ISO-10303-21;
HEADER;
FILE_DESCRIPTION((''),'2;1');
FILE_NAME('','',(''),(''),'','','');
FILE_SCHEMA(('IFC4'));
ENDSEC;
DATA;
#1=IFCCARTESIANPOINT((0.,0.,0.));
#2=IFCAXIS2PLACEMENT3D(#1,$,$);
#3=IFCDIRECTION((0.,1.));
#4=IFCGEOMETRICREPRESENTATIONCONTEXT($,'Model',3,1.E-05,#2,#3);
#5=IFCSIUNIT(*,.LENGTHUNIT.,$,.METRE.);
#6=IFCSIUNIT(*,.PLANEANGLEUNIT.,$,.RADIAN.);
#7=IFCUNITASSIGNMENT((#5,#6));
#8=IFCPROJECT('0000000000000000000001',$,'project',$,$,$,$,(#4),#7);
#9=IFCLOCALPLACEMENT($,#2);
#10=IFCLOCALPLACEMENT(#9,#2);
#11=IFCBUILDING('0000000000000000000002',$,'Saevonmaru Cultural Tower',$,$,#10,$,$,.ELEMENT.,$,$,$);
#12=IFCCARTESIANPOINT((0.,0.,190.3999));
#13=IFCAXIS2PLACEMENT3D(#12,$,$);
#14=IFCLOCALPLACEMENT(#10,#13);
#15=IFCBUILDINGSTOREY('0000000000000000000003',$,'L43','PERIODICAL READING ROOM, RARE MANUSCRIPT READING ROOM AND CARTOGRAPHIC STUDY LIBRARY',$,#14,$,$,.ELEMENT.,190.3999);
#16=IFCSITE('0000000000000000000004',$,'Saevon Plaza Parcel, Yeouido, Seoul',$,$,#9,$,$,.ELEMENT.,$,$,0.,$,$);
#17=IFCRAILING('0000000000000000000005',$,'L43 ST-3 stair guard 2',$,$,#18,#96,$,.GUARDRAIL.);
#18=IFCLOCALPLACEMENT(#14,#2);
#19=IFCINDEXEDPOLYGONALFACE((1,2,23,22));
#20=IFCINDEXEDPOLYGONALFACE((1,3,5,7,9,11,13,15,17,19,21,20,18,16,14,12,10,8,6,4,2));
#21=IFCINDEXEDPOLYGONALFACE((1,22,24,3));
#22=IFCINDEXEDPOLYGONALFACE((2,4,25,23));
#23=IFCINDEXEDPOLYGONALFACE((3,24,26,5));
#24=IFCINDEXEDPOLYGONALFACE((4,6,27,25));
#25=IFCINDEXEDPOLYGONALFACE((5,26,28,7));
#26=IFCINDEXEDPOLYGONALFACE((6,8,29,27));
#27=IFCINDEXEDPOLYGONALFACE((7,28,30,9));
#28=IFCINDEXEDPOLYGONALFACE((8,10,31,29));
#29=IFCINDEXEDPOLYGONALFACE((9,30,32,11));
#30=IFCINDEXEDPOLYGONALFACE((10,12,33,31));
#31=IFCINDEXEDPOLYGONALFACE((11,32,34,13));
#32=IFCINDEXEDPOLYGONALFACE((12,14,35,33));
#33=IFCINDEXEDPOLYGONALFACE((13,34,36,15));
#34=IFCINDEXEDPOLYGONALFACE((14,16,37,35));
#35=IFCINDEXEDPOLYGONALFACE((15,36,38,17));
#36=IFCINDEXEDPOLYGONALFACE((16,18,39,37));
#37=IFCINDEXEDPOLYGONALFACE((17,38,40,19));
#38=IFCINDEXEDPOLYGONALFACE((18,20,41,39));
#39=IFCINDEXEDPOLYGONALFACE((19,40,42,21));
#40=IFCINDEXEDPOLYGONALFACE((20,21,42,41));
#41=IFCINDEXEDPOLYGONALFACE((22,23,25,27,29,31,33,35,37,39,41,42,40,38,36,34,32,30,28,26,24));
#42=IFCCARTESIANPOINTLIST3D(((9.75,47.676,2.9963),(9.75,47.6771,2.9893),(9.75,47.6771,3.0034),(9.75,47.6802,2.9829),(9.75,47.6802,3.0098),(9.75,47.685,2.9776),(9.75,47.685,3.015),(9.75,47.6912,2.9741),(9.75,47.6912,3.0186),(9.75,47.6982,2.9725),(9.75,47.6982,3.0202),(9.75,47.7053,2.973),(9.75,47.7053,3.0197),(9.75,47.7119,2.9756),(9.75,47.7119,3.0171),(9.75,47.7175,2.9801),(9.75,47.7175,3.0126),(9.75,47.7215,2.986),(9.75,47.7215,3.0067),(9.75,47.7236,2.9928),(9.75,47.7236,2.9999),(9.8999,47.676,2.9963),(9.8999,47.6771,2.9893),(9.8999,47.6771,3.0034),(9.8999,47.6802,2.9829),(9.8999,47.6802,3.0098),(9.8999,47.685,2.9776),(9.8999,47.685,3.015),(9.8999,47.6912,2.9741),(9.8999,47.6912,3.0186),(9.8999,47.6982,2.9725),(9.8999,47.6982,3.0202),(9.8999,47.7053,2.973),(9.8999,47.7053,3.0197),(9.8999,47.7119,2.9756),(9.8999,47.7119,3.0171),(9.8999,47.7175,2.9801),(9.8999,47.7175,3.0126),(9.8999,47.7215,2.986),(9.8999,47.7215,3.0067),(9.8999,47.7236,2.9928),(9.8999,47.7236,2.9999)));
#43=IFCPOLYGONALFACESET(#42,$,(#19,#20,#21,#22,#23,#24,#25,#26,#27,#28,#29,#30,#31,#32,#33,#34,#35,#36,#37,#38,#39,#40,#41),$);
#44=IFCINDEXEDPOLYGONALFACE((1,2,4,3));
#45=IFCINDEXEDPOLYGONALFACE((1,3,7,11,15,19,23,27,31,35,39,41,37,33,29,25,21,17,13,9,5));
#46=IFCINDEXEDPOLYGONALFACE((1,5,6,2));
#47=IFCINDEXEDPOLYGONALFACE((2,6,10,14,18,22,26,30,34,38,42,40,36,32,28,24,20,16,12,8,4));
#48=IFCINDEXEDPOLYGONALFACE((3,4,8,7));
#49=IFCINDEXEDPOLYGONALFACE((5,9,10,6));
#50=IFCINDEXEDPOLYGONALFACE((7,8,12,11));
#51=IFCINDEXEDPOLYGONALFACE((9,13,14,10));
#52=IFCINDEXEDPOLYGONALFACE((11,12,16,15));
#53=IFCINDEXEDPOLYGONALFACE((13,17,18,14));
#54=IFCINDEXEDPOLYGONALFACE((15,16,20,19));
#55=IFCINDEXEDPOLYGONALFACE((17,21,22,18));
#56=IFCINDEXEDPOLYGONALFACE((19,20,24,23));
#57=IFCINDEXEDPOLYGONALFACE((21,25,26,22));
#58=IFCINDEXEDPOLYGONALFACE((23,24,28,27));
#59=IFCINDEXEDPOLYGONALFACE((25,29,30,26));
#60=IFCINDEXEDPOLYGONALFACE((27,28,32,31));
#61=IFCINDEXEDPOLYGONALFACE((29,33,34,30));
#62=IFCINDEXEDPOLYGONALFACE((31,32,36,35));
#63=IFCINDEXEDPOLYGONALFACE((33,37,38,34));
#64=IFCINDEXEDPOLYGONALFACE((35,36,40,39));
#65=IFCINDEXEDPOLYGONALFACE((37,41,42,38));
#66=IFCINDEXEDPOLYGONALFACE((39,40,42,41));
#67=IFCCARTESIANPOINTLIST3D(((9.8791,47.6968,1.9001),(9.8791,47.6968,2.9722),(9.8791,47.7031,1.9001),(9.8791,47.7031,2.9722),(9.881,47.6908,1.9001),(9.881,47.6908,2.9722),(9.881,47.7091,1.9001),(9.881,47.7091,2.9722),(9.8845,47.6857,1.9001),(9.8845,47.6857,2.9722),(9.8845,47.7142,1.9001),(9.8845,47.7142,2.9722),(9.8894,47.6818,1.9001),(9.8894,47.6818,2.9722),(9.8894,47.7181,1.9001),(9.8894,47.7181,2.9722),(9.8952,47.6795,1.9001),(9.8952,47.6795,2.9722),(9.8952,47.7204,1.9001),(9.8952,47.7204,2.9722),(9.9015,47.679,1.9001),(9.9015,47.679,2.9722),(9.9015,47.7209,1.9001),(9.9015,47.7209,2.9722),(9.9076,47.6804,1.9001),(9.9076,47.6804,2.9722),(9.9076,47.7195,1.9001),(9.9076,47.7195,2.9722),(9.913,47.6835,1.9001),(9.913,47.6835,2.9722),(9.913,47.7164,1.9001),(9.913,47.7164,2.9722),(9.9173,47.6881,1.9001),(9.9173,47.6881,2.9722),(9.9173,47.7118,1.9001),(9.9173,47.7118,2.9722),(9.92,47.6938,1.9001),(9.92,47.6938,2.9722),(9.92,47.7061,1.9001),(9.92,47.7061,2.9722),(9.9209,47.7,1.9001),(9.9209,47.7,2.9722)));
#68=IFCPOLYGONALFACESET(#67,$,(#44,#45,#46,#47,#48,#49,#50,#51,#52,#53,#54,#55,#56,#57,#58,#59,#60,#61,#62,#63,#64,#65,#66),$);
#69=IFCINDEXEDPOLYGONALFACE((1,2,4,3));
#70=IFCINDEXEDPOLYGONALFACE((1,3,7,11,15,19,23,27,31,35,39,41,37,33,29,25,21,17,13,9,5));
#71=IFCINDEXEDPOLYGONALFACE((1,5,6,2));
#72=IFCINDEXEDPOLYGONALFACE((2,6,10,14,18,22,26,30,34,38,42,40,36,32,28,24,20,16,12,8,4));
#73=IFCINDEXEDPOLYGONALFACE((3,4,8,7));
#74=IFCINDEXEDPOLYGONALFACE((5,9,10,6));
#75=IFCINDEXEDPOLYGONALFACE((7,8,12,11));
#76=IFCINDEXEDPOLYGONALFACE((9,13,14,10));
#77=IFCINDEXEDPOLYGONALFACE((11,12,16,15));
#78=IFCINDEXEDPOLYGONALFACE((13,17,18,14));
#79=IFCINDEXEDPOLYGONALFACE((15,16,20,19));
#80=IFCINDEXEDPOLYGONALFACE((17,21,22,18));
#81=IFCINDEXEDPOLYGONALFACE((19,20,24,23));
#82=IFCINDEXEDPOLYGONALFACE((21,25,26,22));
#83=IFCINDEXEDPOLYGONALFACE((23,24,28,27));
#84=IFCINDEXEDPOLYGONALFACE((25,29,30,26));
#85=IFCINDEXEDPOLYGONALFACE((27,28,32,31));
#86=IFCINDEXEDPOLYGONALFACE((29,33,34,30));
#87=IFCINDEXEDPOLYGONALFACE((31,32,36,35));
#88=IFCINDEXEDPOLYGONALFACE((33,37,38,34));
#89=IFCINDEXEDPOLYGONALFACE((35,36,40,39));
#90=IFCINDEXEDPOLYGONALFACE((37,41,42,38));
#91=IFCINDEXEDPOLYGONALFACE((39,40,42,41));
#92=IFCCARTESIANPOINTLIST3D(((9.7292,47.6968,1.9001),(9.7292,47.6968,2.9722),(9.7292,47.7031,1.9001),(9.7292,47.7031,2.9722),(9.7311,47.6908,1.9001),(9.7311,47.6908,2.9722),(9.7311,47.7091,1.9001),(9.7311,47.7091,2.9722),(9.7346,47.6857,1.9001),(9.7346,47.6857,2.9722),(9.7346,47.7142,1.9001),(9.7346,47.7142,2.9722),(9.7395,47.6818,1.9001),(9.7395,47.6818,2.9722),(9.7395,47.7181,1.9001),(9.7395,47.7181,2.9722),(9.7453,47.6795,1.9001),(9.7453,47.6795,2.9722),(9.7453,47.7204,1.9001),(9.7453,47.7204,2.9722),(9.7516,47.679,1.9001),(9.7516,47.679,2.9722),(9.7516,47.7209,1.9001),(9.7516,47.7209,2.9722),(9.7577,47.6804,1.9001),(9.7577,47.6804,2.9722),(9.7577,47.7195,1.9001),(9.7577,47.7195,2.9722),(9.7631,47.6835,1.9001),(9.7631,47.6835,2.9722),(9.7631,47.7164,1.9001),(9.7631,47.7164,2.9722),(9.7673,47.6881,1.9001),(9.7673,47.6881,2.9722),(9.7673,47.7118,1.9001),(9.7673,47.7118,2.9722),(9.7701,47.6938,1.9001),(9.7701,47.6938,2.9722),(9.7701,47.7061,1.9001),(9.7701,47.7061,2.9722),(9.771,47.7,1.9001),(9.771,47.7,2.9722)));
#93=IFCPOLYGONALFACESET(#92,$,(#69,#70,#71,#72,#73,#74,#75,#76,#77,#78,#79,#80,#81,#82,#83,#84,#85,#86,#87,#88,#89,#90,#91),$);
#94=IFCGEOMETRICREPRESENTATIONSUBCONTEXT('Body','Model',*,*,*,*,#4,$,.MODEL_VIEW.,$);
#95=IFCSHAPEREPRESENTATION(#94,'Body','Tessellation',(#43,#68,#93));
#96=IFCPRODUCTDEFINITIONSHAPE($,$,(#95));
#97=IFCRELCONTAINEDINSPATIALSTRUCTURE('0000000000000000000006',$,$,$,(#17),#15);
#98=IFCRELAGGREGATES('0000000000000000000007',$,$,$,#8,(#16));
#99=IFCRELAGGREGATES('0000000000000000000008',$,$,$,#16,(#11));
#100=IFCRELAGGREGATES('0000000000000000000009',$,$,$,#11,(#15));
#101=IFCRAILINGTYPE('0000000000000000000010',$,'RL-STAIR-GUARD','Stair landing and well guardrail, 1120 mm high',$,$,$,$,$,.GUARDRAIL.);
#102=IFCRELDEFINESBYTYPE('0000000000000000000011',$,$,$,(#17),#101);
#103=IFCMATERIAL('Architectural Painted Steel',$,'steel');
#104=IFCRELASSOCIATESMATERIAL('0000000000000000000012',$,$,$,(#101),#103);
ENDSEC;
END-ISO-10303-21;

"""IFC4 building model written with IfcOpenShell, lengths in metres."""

from ifc_helpers import new_model, si_unit, direction, frame, origin, origin_2d, place, context, subcontext, project, spatial, circle, extrude, material, type_object, element, save


model = new_model("IFC4")

# Units and contexts
model_context = context("Model", 3, precision=1e-05, world=origin(), true_north=direction((0.0, 1.0)))
body_context = subcontext(model_context, "Body", "Model", "MODEL_VIEW")
ifc_project = project(units=[si_unit("LENGTHUNIT", "METRE"), si_unit("PLANEANGLEUNIT", "RADIAN")], contexts=[model_context])

# Site, building, storey
site_placement = place(None, origin())
site = spatial("IfcSite", under=ifc_project, at=site_placement, Name="Saevon Plaza Parcel, Yeouido, Seoul", CompositionType="ELEMENT", RefElevation=0.0)
building_placement = place(site_placement, origin())
building = spatial("IfcBuilding", under=site, at=building_placement, Name="Saevonmaru Cultural Tower", CompositionType="ELEMENT")
storey_placement = place(building_placement, frame((0.0, 0.0, 190.3999)))
storey = spatial("IfcBuildingStorey", under=building, at=storey_placement, Name="L43", Description="PERIODICAL READING ROOM, RARE MANUSCRIPT READING ROOM AND CARTOGRAPHIC STUDY LIBRARY", CompositionType="ELEMENT", Elevation=190.3999)

# Railing
ifc_material_1 = material(Name="Architectural Painted Steel", Category="steel")
railing_type_1 = type_object("IfcRailingType", Name="RL-STAIR-GUARD", Description="Stair landing and well guardrail, 1120 mm high", PredefinedType="GUARDRAIL", material=ifc_material_1)
railing_1_placement = place(storey_placement, frame((9.8999, 47.7, 1.9001)))
element("IfcRailing", 1, at=railing_1_placement, inside=storey, type_object=railing_type_1, Name="L43 ST-3 stair guard 2", PredefinedType="GUARDRAIL", context=body_context, shape_type="SweptSolid", body=[
    extrude(circle(Radius=0.0239, at=origin_2d()), frame((0.0, 0.0, 1.0962), z_axis=(-1.0, 0.0, 0.0), x_axis=(0.0, -1.0, 0.0)), (0.0, 0.0, 1.0), 0.1499),
    extrude(circle(Radius=0.021, at=origin_2d()), origin(), (0.0, 0.0, 1.0), 1.072),
    extrude(circle(Radius=0.021, at=origin_2d()), frame((-0.1499, 0.0, 0.0)), (0.0, 0.0, 1.0), 1.072),
])

save(model, "model.ifc")
